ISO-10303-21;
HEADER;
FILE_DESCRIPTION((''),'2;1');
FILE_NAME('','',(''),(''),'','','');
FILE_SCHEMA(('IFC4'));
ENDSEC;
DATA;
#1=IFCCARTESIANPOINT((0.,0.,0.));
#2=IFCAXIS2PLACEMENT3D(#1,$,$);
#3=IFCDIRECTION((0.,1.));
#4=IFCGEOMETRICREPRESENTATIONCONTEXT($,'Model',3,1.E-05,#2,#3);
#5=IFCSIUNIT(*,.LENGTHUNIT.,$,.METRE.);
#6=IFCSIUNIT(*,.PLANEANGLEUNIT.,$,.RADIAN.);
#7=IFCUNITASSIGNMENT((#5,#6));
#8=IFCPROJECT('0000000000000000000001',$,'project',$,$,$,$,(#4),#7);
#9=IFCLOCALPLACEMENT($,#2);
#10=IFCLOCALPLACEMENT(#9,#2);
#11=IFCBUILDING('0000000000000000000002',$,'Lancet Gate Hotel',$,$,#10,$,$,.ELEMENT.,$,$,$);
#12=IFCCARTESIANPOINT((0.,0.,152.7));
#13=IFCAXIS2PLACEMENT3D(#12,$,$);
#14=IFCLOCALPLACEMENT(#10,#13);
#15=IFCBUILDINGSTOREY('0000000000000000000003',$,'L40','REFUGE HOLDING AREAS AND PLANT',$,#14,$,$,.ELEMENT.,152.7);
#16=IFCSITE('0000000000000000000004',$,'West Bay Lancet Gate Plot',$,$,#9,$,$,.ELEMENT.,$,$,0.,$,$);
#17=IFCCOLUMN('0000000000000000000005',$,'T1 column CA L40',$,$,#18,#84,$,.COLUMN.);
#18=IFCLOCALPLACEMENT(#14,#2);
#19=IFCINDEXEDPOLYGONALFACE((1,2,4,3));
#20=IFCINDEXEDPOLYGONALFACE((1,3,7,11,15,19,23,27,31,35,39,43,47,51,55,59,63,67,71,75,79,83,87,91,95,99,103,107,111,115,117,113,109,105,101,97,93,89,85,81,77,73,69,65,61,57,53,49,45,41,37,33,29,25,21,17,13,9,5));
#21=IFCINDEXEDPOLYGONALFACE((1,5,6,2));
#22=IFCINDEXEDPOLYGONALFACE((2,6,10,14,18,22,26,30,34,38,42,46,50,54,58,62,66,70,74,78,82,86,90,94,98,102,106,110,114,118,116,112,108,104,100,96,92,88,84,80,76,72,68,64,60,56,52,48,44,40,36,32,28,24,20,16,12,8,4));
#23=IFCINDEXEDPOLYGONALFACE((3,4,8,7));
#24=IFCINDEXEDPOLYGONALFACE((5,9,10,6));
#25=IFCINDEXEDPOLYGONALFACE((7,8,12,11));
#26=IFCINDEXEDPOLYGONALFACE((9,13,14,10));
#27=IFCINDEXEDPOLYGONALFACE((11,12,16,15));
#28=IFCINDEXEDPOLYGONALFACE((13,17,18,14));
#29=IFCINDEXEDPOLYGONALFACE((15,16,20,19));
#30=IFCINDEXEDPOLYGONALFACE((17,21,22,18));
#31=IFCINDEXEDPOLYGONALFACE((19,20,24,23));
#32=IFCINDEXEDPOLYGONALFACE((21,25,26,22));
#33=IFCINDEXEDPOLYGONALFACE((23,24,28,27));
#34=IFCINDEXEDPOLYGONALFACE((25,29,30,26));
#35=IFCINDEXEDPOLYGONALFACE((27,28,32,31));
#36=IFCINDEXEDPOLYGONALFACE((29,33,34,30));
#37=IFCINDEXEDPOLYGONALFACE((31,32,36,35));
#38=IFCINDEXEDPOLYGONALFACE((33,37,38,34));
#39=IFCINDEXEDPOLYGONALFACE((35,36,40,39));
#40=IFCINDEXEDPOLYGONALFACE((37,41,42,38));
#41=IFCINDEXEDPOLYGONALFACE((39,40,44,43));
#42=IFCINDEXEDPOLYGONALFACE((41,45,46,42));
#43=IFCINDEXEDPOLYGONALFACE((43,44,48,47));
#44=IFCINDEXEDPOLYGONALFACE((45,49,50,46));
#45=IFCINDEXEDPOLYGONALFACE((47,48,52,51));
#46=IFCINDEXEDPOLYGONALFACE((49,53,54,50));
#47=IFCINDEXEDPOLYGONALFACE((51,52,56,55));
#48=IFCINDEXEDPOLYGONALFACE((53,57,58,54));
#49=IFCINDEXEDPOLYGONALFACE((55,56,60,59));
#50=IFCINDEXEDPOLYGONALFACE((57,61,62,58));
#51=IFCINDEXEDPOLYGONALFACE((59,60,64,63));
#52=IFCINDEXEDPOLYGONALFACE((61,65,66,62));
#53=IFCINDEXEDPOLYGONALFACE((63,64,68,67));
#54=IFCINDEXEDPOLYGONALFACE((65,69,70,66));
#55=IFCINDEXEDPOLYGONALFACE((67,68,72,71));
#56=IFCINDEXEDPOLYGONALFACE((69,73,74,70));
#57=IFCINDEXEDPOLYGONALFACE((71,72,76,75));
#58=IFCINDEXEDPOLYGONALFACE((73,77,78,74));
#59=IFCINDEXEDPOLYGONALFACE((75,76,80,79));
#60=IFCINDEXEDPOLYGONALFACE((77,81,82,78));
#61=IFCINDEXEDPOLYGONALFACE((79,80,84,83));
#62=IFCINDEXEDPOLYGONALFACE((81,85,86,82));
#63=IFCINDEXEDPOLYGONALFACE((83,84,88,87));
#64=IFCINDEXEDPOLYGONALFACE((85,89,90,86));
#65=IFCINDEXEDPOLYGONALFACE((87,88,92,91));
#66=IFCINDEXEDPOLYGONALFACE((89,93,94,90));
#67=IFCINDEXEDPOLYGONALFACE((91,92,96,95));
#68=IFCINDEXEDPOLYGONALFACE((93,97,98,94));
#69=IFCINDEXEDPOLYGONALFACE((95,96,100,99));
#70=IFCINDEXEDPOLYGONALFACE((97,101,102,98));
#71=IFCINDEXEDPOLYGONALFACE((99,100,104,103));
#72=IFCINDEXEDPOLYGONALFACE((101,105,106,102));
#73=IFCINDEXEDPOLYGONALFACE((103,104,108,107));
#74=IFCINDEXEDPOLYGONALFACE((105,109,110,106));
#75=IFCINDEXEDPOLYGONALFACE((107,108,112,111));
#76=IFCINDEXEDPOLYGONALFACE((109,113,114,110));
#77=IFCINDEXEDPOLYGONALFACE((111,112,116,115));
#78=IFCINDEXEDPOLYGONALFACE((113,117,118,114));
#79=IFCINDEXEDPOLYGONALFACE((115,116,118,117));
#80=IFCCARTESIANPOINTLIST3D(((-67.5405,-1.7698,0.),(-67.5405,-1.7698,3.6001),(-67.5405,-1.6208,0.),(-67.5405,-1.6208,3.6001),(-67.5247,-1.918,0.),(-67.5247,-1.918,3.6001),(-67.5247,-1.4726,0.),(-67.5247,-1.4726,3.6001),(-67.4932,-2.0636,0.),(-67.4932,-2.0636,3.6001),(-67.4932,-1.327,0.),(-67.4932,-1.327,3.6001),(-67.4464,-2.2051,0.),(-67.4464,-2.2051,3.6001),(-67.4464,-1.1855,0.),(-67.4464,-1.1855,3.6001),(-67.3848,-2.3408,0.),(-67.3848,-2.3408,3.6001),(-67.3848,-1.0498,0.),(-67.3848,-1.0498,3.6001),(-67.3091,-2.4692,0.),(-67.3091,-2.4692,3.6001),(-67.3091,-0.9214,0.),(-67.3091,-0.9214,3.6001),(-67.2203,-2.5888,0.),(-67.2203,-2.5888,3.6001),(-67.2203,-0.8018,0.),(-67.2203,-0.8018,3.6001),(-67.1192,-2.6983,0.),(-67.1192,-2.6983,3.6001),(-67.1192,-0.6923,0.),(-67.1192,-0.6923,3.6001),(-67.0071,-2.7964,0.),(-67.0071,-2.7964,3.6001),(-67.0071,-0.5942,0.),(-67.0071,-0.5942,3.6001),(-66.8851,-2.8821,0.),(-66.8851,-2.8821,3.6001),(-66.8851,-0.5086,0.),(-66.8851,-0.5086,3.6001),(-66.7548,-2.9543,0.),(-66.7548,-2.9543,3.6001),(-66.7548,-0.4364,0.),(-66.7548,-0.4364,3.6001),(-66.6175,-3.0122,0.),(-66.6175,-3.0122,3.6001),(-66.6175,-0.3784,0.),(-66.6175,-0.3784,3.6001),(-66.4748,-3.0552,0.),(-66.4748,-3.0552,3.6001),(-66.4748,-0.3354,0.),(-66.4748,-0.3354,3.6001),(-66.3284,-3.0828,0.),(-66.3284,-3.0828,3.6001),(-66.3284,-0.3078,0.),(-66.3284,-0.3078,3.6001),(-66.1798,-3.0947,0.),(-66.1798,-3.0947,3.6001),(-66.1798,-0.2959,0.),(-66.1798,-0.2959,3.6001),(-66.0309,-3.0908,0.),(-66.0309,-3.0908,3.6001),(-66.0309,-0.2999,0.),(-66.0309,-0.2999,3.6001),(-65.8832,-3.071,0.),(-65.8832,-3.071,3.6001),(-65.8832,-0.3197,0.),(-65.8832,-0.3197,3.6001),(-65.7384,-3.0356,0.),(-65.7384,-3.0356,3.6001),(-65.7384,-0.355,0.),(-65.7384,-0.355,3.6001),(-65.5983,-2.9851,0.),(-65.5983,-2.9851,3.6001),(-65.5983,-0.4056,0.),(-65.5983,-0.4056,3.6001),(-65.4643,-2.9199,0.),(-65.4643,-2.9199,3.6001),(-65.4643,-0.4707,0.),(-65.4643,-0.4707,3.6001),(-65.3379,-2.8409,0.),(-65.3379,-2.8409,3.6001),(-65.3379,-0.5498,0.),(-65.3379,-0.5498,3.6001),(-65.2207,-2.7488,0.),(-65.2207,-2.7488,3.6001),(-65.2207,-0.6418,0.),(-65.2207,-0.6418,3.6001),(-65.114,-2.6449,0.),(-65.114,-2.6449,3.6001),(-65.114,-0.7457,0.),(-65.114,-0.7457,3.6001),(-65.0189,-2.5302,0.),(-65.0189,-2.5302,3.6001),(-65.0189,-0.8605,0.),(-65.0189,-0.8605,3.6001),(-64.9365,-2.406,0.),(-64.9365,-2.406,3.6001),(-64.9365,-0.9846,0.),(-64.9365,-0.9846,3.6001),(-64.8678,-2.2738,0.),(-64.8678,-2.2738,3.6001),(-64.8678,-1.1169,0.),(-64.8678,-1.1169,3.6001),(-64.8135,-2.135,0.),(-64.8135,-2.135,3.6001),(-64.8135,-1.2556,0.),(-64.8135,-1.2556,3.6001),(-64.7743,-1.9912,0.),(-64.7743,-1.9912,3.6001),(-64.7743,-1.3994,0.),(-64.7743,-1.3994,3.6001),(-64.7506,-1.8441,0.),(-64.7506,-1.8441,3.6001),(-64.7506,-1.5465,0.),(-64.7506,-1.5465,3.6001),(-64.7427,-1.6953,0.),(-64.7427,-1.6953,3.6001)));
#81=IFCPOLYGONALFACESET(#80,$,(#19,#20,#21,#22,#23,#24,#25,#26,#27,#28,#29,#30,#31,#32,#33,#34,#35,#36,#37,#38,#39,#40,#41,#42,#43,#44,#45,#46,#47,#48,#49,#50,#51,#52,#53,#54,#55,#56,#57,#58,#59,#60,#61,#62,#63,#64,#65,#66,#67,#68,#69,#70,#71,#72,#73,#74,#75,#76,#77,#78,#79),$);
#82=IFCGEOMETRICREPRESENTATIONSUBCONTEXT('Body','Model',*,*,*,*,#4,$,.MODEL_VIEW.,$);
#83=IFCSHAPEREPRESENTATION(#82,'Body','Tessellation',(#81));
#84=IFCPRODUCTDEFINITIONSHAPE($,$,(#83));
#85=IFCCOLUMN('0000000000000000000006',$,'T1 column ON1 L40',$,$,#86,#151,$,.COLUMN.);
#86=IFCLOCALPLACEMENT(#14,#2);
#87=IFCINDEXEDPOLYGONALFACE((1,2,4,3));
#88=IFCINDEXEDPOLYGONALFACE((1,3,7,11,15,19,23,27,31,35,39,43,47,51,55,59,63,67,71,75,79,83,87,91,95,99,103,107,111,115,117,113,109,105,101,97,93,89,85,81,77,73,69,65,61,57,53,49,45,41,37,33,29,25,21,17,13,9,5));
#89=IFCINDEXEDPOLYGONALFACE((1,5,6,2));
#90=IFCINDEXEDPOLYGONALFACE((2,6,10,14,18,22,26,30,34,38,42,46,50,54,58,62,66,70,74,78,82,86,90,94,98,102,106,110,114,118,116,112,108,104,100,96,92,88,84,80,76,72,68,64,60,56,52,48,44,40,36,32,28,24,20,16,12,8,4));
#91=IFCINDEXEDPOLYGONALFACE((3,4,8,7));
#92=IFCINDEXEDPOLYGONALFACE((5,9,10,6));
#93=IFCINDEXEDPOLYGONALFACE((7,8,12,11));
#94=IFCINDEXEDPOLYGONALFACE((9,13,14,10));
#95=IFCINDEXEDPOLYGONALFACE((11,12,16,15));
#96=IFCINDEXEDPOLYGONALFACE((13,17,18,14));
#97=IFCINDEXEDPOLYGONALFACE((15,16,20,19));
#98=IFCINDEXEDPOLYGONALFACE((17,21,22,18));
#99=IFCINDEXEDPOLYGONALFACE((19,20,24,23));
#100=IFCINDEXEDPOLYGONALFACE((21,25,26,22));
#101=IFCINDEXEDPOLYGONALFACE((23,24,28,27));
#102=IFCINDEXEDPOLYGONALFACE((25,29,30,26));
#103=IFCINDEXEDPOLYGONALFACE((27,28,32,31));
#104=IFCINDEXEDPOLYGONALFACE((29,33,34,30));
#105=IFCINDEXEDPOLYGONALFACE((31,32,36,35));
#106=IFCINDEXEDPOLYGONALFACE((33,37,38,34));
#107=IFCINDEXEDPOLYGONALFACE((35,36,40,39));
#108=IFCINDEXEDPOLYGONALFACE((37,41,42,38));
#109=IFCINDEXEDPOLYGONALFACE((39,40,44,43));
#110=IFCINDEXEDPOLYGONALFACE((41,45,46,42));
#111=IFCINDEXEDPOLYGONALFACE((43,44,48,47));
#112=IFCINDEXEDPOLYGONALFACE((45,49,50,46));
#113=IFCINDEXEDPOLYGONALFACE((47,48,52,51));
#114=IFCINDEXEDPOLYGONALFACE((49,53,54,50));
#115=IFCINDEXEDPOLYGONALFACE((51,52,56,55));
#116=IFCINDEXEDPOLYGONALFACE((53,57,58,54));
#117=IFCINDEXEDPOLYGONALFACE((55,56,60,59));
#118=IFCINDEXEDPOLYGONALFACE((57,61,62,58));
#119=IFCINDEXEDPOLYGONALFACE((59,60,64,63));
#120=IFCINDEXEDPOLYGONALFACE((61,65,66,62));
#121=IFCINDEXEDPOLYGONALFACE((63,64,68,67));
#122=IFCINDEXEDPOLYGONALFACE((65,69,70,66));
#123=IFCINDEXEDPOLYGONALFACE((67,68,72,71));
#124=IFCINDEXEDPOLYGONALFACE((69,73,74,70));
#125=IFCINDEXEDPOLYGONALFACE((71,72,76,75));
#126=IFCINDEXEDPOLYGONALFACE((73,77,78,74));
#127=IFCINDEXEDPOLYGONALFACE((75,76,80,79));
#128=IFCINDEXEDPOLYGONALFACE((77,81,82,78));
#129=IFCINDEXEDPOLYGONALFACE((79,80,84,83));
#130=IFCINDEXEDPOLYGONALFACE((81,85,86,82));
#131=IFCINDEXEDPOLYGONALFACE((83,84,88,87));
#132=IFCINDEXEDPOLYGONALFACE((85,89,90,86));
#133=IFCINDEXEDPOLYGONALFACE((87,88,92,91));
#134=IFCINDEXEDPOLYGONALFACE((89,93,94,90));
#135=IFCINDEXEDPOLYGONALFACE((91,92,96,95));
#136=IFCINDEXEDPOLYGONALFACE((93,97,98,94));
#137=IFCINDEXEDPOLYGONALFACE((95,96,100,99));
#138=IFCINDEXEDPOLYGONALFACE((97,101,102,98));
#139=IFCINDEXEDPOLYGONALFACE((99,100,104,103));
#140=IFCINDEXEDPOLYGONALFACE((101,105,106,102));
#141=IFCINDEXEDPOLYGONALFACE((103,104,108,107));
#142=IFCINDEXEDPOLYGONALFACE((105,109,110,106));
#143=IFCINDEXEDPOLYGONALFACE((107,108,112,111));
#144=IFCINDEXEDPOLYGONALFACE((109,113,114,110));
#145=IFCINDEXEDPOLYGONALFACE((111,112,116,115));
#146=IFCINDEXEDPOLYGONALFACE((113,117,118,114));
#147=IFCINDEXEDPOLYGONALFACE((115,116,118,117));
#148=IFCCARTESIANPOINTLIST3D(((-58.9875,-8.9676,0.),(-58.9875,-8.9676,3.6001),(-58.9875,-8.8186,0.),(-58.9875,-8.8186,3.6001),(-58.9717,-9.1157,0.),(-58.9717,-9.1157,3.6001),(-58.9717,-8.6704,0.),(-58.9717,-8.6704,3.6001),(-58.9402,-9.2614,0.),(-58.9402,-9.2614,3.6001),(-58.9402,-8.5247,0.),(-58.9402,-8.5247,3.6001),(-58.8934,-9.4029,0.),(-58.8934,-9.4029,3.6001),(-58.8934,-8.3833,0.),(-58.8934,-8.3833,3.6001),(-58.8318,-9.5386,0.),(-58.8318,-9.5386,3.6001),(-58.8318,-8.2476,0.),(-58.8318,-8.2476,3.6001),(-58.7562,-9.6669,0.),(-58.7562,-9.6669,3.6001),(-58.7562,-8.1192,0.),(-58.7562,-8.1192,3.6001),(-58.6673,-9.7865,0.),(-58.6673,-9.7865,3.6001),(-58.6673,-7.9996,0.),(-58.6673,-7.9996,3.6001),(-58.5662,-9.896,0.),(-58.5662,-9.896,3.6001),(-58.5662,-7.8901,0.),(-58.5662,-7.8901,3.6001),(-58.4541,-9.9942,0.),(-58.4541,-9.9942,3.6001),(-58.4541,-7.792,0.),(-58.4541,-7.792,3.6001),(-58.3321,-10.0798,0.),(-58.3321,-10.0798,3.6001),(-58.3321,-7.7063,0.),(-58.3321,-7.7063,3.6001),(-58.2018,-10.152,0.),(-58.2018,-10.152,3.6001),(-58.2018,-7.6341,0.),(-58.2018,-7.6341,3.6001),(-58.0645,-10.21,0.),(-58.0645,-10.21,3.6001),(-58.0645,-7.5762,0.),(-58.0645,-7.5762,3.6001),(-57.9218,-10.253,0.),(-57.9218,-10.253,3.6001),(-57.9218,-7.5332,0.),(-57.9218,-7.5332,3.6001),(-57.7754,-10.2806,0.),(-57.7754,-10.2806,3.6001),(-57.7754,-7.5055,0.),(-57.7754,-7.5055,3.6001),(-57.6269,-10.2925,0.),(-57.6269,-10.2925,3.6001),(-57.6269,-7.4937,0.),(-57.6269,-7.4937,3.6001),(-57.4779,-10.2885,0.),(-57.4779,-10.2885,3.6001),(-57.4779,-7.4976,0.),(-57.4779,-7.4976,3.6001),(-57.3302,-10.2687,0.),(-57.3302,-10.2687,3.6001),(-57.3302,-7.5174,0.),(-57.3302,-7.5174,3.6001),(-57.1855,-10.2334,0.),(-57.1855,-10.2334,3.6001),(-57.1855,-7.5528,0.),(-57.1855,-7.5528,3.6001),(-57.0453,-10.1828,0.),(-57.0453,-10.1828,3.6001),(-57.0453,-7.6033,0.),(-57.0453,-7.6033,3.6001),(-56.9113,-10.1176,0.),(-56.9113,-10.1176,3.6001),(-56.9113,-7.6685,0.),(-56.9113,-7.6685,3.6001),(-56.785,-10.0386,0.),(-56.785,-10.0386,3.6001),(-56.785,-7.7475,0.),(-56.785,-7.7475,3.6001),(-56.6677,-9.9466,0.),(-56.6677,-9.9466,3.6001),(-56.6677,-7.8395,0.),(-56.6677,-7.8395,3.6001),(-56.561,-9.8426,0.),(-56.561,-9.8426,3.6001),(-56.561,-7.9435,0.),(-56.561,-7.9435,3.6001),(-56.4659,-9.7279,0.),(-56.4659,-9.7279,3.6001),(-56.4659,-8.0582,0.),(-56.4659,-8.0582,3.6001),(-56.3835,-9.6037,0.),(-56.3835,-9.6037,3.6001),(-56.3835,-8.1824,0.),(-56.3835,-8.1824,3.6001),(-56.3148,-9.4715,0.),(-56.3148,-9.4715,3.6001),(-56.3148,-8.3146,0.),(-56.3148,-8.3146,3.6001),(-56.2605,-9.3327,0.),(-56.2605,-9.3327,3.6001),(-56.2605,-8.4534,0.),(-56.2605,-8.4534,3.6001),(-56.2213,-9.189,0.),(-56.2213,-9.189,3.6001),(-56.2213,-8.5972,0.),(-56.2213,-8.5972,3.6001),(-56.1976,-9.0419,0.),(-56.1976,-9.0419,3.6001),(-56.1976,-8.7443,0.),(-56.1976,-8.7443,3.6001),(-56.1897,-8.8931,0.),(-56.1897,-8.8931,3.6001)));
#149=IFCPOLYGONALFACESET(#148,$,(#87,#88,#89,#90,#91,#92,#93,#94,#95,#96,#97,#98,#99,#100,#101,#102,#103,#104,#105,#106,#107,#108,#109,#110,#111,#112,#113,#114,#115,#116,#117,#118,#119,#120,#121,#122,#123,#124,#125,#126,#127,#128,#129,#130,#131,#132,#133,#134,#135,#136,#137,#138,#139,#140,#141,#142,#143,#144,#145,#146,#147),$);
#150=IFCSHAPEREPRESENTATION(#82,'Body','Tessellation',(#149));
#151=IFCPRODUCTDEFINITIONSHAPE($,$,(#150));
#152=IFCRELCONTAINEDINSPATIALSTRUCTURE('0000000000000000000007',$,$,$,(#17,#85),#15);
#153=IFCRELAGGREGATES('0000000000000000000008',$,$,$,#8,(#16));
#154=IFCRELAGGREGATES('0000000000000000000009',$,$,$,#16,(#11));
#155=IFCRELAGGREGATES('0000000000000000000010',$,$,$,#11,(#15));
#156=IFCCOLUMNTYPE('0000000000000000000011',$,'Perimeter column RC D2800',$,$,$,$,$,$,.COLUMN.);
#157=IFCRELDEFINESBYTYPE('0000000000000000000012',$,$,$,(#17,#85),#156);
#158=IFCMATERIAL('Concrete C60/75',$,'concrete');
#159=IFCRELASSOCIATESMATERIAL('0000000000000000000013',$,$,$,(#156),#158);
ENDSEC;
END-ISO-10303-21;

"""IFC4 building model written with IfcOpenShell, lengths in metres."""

from ifc_helpers import new_model, si_unit, direction, frame, origin, origin_2d, place, context, subcontext, project, spatial, circle, extrude, material, material_profile, profile_set, type_object, element, save


model = new_model("IFC4")

# Units and contexts
model_context = context("Model", 3, precision=1e-05, world=origin(), true_north=direction((0.0, 1.0)))
body_context = subcontext(model_context, "Body", "Model", "MODEL_VIEW")
ifc_project = project(units=[si_unit("LENGTHUNIT", "METRE"), si_unit("PLANEANGLEUNIT", "RADIAN")], contexts=[model_context])

# Site, building, storey
site_placement = place(None, origin())
site = spatial("IfcSite", under=ifc_project, at=site_placement, Name="West Bay Lancet Gate Plot", CompositionType="ELEMENT", RefElevation=0.0)
building_placement = place(site_placement, origin())
building = spatial("IfcBuilding", under=site, at=building_placement, Name="Lancet Gate Hotel", CompositionType="ELEMENT")
storey_placement = place(building_placement, frame((0.0, 0.0, 152.7)))
storey = spatial("IfcBuildingStorey", under=building, at=storey_placement, Name="L40", Description="REFUGE HOLDING AREAS AND PLANT", CompositionType="ELEMENT", Elevation=152.7)

# Columns
ifc_material_1 = material(Name="Concrete C60/75", Category="concrete")
ifc_material_profile_1 = material_profile(ifc_material_1, circle(Radius=1.3999, at=origin_2d()), Name="RC D2800")
ifc_profile_set_1 = profile_set([ifc_material_profile_1], Name="Concrete C60/75")
column_type = type_object("IfcColumnType", Name="Perimeter column RC D2800", PredefinedType="COLUMN", material=ifc_profile_set_1)
for number, where, z_axis, x_axis, name in (
    (1, (-66.1426, -1.6953, 0.0), (0.0, 0.0, 1.0), (1.0, 0.0, 0.0), "T1 column CA L40"),
    (2, (-57.5896, -8.8931, 0.0), (0.0, 0.0, 1.0), (1.0, 0.0, 0.0), "T1 column ON1 L40"),
):
    element("IfcColumn", number, at=place(storey_placement, frame(where, z_axis=z_axis, x_axis=x_axis)), inside=storey, type_object=column_type, Name=name, PredefinedType="COLUMN", context=body_context, shape_type="SweptSolid", body=[
        extrude(circle(Radius=1.3999, at=origin_2d()), origin(), (0.0, 0.0, 1.0), 3.6001),
    ])

save(model, "model.ifc")
